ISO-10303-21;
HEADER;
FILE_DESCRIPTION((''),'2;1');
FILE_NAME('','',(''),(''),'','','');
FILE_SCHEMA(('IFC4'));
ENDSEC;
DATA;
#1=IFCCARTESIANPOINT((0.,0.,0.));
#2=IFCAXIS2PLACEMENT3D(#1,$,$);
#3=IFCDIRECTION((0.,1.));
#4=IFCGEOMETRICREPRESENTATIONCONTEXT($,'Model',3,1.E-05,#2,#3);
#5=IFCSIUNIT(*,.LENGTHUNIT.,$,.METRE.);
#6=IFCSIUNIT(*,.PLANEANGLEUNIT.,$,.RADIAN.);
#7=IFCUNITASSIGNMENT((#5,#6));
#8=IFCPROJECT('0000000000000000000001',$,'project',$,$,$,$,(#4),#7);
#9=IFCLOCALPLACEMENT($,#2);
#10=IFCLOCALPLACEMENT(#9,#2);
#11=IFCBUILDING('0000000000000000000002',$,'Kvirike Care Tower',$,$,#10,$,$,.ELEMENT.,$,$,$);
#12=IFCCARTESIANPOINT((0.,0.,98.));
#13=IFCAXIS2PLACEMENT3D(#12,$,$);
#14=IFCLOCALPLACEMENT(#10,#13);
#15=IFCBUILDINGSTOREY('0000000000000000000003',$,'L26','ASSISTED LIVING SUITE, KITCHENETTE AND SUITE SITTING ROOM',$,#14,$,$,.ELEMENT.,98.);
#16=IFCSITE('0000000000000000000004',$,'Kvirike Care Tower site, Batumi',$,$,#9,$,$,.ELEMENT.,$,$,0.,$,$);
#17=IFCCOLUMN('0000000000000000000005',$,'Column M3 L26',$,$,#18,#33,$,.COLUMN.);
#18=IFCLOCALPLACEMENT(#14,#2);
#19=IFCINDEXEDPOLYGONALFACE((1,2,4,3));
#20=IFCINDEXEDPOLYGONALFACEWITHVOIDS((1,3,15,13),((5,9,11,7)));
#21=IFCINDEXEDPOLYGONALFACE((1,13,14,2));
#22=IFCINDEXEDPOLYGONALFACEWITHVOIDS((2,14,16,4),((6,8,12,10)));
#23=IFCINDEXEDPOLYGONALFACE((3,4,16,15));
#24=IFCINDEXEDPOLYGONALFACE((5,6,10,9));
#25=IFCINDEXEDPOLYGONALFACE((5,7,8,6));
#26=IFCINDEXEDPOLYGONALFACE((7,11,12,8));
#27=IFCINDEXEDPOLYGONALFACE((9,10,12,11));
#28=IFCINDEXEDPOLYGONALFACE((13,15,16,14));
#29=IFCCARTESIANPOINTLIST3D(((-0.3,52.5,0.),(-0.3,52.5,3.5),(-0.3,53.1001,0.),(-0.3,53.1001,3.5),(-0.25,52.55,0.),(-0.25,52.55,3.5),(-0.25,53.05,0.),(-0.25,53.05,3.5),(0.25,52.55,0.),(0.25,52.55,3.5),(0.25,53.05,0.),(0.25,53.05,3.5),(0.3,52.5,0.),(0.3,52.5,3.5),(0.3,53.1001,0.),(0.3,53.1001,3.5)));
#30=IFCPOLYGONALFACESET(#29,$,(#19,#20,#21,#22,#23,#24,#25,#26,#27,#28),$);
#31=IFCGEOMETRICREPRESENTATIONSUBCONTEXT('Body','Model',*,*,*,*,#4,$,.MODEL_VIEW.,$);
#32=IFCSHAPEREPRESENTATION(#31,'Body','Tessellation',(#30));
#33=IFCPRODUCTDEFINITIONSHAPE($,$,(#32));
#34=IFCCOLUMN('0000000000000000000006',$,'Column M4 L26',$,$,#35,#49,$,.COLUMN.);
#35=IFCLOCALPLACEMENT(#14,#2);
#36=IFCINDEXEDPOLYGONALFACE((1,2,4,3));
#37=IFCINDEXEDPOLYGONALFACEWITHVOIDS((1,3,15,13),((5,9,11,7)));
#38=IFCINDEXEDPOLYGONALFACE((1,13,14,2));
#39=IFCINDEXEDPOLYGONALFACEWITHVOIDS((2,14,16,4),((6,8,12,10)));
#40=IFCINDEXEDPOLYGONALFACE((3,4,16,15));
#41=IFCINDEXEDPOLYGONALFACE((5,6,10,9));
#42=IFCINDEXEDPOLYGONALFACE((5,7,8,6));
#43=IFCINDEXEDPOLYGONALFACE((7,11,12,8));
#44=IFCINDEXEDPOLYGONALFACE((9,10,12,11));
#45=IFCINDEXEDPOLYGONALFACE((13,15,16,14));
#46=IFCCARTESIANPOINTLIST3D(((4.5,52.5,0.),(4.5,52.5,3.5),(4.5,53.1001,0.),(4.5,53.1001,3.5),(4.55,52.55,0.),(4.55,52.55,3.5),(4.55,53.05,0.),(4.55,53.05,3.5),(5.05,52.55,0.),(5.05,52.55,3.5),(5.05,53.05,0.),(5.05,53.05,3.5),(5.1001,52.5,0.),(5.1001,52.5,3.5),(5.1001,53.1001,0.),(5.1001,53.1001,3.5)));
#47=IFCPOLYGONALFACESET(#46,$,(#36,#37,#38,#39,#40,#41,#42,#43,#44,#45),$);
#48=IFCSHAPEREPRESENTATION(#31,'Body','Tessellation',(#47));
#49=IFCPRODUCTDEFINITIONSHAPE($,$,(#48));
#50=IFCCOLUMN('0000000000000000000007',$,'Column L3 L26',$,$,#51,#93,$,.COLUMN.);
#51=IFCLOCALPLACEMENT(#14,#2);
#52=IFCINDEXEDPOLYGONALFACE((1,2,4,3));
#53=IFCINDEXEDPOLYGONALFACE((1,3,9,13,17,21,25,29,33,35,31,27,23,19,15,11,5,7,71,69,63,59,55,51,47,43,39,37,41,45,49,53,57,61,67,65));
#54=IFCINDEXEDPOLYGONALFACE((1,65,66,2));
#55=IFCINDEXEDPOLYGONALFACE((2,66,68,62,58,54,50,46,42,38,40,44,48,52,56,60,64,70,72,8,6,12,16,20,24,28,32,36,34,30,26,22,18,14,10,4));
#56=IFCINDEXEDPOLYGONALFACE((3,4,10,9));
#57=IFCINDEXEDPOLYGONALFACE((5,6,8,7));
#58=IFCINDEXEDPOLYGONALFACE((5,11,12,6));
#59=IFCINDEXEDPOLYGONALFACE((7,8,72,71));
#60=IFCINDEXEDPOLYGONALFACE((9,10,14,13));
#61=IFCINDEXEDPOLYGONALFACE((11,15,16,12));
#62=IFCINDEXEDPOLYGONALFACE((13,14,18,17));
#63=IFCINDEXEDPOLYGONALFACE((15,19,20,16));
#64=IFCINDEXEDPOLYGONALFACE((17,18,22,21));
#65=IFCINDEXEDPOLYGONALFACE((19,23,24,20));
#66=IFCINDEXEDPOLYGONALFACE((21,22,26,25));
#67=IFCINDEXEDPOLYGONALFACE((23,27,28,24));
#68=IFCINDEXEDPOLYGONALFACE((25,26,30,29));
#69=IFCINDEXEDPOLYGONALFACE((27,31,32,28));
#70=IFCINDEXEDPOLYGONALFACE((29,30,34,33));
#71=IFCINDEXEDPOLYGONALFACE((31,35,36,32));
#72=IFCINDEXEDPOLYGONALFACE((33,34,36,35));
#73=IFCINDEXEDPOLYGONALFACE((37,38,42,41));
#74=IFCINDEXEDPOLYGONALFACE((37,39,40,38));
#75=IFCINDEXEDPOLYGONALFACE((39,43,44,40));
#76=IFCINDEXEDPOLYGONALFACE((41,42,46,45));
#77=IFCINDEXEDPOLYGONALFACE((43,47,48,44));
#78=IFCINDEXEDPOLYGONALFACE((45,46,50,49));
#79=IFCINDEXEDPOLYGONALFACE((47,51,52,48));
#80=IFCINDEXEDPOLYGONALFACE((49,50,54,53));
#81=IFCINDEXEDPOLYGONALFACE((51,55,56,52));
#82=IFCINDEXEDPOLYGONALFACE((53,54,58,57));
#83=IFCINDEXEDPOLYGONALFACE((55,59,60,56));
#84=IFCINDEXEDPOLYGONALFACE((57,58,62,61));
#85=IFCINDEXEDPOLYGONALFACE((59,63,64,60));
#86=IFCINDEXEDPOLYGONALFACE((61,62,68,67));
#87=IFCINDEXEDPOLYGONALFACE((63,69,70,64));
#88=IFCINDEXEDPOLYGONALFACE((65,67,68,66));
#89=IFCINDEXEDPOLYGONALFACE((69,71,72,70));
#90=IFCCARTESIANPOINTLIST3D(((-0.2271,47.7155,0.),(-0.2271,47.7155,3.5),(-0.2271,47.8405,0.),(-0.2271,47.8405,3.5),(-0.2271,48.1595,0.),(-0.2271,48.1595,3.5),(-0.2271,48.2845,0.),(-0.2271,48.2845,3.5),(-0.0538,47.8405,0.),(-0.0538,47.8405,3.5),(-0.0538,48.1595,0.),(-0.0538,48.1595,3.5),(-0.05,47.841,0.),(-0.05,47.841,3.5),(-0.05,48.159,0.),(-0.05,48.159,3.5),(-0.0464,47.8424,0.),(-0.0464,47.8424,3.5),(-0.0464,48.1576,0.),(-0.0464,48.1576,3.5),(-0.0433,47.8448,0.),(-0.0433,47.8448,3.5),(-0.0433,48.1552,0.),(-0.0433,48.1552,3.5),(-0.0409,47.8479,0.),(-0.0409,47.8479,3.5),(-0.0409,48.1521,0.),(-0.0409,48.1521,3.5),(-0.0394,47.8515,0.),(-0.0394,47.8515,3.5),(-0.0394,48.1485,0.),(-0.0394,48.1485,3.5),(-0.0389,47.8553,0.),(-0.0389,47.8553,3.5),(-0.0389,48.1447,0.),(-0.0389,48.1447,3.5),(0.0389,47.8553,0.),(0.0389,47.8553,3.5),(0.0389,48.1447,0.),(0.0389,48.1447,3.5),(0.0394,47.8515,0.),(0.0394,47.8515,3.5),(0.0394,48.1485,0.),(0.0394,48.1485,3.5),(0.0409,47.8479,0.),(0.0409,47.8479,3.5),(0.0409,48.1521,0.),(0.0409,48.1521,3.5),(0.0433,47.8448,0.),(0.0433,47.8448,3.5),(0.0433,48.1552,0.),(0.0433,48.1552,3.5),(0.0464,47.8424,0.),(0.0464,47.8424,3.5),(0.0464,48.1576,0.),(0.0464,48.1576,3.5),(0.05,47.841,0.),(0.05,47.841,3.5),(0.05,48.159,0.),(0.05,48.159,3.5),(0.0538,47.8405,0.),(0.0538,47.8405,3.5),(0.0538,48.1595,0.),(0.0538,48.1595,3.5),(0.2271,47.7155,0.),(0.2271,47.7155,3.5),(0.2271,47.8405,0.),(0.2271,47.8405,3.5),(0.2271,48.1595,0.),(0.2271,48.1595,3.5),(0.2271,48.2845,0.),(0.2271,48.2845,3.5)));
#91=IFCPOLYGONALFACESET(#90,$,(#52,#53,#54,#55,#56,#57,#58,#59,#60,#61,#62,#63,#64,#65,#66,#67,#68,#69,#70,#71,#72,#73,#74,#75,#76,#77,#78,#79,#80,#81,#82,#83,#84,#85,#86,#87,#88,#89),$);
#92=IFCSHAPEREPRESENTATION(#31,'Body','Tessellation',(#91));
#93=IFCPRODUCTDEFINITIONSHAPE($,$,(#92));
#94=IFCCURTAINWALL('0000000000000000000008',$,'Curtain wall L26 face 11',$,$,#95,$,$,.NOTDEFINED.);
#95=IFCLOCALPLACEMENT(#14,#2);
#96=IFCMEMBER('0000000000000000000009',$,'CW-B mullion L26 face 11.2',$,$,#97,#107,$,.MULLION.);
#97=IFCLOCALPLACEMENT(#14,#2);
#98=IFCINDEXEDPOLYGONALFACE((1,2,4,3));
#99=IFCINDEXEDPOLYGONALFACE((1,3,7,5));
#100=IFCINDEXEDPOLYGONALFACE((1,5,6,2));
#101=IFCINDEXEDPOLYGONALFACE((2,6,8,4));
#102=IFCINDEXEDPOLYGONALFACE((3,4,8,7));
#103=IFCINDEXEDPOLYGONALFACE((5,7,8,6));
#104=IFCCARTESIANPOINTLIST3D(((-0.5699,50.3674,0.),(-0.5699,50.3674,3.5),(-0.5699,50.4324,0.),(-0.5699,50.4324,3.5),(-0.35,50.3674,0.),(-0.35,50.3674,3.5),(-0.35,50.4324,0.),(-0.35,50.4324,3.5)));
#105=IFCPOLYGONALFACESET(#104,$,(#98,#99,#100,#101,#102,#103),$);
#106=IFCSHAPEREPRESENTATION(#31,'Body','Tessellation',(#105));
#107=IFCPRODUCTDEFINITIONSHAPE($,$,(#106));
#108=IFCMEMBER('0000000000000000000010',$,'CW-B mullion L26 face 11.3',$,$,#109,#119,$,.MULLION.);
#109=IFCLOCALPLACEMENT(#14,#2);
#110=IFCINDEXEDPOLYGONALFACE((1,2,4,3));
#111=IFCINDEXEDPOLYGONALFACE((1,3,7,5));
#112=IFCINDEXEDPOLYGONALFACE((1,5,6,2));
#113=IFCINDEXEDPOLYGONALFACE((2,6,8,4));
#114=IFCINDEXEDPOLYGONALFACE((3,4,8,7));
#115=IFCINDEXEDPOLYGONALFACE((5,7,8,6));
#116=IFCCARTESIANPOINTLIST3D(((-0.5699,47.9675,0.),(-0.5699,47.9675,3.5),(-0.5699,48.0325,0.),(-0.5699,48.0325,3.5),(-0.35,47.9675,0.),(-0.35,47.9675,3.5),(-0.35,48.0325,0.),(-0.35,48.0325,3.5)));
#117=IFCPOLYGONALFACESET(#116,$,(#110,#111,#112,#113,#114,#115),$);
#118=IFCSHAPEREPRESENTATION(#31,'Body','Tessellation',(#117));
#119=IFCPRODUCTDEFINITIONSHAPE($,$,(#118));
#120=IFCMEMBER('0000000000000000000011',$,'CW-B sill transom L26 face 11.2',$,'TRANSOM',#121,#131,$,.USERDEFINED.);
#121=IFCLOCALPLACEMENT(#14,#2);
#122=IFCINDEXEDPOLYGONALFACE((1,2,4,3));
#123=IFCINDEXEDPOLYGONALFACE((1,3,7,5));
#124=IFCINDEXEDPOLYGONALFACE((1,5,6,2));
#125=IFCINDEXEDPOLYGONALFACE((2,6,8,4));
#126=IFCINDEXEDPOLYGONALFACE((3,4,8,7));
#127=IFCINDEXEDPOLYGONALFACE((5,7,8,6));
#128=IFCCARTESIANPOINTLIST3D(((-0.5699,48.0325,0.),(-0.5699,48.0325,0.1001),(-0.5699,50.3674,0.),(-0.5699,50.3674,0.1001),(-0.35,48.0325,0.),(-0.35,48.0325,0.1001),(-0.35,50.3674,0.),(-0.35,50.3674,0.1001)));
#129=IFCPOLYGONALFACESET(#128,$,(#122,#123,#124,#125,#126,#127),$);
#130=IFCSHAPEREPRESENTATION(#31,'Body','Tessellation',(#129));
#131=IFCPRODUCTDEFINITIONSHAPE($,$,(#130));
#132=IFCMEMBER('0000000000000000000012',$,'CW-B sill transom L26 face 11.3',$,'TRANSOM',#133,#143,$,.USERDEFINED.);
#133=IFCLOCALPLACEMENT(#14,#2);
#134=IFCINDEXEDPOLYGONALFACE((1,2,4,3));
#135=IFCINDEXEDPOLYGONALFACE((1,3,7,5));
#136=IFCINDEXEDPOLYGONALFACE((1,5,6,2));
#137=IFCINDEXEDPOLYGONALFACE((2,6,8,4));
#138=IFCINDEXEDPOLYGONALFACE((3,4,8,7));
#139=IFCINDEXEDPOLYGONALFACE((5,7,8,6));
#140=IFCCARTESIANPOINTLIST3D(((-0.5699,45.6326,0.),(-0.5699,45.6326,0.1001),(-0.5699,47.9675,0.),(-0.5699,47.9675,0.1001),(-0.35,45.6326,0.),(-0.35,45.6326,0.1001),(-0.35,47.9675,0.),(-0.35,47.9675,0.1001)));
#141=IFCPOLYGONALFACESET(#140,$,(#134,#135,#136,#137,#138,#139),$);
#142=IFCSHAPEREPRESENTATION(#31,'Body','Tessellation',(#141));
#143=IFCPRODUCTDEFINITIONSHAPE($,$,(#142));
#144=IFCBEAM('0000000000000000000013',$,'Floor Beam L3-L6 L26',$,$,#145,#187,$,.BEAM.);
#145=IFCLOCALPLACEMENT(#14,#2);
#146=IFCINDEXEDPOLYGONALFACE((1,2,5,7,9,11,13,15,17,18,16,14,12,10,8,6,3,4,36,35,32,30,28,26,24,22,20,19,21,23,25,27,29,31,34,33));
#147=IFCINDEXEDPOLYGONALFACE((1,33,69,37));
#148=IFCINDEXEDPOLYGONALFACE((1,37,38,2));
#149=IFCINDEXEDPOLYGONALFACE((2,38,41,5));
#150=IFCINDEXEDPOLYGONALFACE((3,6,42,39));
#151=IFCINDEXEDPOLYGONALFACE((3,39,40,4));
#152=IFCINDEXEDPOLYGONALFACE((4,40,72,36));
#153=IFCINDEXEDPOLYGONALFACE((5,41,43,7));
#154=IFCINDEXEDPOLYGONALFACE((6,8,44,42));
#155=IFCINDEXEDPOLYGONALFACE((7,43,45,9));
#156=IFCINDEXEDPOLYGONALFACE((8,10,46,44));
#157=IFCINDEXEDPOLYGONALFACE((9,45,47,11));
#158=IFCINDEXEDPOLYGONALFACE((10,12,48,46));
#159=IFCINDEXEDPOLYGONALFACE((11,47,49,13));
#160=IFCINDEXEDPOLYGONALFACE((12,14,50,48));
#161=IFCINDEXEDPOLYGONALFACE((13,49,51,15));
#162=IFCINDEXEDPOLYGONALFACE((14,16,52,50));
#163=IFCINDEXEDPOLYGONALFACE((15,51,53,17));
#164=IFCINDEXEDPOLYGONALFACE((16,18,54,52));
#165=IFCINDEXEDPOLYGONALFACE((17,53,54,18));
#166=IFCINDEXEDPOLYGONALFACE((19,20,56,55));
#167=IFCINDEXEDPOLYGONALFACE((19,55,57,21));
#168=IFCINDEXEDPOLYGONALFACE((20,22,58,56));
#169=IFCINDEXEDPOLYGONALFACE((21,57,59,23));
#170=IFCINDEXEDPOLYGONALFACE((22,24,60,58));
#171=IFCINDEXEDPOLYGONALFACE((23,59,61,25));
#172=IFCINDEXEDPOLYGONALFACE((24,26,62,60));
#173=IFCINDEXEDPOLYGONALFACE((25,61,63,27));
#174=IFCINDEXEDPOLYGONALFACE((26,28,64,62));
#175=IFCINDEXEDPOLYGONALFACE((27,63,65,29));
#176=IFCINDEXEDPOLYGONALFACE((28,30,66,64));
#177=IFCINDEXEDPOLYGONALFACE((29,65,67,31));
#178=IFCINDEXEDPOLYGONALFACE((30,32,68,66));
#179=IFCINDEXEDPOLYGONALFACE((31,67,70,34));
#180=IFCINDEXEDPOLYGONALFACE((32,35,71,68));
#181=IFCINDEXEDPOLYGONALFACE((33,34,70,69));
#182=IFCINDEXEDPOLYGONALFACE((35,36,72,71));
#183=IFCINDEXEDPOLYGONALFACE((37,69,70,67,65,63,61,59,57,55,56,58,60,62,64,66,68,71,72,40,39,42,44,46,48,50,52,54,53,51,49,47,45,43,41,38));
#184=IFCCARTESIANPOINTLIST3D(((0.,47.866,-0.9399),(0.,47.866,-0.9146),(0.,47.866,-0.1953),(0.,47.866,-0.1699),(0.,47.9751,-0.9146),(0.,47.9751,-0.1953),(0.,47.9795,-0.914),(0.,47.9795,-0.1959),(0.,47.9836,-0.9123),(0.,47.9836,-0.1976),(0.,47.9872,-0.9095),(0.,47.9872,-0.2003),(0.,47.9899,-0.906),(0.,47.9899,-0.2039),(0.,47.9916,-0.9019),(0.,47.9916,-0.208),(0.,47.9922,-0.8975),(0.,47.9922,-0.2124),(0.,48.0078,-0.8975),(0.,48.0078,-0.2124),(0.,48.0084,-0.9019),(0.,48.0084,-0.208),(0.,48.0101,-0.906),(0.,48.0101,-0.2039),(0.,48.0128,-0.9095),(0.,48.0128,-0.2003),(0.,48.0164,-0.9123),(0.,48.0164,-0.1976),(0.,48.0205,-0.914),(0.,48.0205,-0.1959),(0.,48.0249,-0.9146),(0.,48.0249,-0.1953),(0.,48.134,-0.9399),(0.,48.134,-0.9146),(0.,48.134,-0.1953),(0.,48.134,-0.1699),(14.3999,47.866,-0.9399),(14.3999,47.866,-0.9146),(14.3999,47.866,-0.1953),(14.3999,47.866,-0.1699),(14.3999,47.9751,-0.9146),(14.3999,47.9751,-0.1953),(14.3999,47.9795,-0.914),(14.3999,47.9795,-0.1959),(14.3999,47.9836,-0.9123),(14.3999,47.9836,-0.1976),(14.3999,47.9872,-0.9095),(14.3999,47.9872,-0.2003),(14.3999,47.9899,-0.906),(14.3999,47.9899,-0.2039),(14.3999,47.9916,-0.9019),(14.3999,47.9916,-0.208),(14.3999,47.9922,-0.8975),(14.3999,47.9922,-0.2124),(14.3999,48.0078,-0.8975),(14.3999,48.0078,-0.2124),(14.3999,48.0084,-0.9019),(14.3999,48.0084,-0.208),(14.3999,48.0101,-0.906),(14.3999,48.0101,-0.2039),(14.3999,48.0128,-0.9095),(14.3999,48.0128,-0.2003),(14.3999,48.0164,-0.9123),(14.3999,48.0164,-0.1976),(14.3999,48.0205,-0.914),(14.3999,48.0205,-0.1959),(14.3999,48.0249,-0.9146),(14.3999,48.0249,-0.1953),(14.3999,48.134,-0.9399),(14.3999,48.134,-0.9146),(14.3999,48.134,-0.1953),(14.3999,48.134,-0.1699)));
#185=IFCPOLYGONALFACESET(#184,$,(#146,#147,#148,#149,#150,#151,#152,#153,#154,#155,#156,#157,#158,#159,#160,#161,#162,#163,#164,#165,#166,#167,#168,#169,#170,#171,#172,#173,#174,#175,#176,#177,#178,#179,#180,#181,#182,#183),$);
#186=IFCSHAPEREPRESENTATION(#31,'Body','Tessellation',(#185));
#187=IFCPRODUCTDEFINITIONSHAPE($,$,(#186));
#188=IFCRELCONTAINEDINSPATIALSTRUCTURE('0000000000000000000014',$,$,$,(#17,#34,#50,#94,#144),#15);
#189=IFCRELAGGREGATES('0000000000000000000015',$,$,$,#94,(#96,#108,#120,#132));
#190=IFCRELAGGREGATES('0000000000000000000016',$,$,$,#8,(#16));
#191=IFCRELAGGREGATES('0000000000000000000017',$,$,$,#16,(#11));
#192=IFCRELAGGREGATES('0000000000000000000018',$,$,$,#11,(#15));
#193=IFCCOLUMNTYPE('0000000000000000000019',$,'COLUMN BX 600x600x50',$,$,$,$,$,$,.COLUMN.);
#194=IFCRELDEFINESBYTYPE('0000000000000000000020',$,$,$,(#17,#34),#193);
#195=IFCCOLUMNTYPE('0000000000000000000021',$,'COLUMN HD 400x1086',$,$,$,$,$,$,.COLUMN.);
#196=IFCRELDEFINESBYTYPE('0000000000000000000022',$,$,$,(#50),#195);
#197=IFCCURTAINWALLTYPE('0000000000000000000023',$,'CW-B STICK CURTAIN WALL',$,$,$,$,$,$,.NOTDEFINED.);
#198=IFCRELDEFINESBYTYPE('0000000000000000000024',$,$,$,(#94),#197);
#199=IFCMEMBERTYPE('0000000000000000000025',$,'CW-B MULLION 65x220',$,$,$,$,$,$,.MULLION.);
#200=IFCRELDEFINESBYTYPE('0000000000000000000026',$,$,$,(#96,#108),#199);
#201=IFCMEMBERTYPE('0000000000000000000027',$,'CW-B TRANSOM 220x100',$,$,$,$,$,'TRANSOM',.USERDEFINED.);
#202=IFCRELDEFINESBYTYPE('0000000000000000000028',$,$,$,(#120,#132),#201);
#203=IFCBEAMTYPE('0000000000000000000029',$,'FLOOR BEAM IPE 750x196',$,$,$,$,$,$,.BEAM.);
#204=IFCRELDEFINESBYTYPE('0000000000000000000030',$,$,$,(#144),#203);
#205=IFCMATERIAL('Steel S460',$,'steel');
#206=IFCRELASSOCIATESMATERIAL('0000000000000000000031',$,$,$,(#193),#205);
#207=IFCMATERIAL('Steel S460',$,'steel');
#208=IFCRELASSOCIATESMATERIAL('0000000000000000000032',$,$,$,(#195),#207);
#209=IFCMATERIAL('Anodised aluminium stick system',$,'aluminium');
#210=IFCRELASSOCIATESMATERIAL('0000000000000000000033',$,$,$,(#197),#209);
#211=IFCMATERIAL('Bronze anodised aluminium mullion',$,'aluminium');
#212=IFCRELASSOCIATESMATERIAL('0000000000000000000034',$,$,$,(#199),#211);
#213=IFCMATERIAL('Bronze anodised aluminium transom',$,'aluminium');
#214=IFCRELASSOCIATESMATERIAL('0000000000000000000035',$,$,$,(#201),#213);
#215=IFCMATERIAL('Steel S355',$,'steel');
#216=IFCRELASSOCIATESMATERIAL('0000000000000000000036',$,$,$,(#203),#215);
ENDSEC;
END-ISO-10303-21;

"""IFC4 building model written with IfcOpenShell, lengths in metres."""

from ifc_helpers import new_model, si_unit, direction, frame, origin, origin_2d, place, context, subcontext, project, spatial, rectangle, hollow_rectangle, i_section, extrude, material, material_profile, profile_set, type_object, element, aggregate, save


model = new_model("IFC4")

# Units and contexts
model_context = context("Model", 3, precision=1e-05, world=origin(), true_north=direction((0.0, 1.0)))
body_context = subcontext(model_context, "Body", "Model", "MODEL_VIEW")
ifc_project = project(units=[si_unit("LENGTHUNIT", "METRE"), si_unit("PLANEANGLEUNIT", "RADIAN")], contexts=[model_context])

# Site, building, storey
site_placement = place(None, origin())
site = spatial("IfcSite", under=ifc_project, at=site_placement, Name="Kvirike Care Tower site, Batumi", CompositionType="ELEMENT", RefElevation=0.0)
building_placement = place(site_placement, origin())
building = spatial("IfcBuilding", under=site, at=building_placement, Name="Kvirike Care Tower", CompositionType="ELEMENT")
storey_placement = place(building_placement, frame((0.0, 0.0, 98.0)))
storey = spatial("IfcBuildingStorey", under=building, at=storey_placement, Name="L26", Description="ASSISTED LIVING SUITE, KITCHENETTE AND SUITE SITTING ROOM", CompositionType="ELEMENT", Elevation=98.0)

# Columns
ifc_material_1 = material(Name="Steel S460", Category="steel")
ifc_material_profile_1 = material_profile(ifc_material_1, hollow_rectangle(XDim=0.6001, YDim=0.6001, WallThickness=0.05, at=origin_2d()), Name="BX 600x600x50")
ifc_profile_set_1 = profile_set([ifc_material_profile_1], Name="Steel S460")
column_type_1 = type_object("IfcColumnType", Name="COLUMN BX 600x600x50", PredefinedType="COLUMN", material=ifc_profile_set_1)
for number, where, z_axis, x_axis, name in (
    (1, (0.0, 52.8, 0.0), (0.0, 0.0, 1.0), (0.0, 1.0, 0.0), "Column M3 L26"),
    (2, (4.8, 52.8, 0.0), (0.0, 0.0, 1.0), (0.0, 1.0, 0.0), "Column M4 L26"),
):
    element("IfcColumn", number, at=place(storey_placement, frame(where, z_axis=z_axis, x_axis=x_axis)), inside=storey, type_object=column_type_1, Name=name, PredefinedType="COLUMN", context=body_context, shape_type="SweptSolid", body=[
        extrude(hollow_rectangle(XDim=0.6001, YDim=0.6001, WallThickness=0.05, at=origin_2d()), origin(), (0.0, 0.0, 1.0), 3.5),
    ])
ifc_material_2 = material(Name="Steel S460", Category="steel")
ifc_material_profile_2 = material_profile(ifc_material_2, i_section(OverallWidth=0.4541, OverallDepth=0.5691, WebThickness=0.0779, FlangeThickness=0.125, FilletRadius=0.0149, at=origin_2d()), Name="HD 400x1086")
ifc_profile_set_2 = profile_set([ifc_material_profile_2], Name="Steel S460")
column_type_2 = type_object("IfcColumnType", Name="COLUMN HD 400x1086", PredefinedType="COLUMN", material=ifc_profile_set_2)
column_placement = place(storey_placement, frame((0.0, 48.0, 0.0), z_axis=(0.0, 0.0, 1.0), x_axis=(1.0, 0.0, 0.0)))
element("IfcColumn", 3, at=column_placement, inside=storey, type_object=column_type_2, Name="Column L3 L26", PredefinedType="COLUMN", context=body_context, shape_type="SweptSolid", body=[
    extrude(i_section(OverallWidth=0.4541, OverallDepth=0.5691, WebThickness=0.0779, FlangeThickness=0.125, FilletRadius=0.0149, at=origin_2d()), origin(), (0.0, 0.0, 1.0), 3.5),
])

# Curtain wall, members
ifc_material_3 = material(Name="Anodised aluminium stick system", Category="aluminium")
curtain_wall_type = type_object("IfcCurtainWallType", Name="CW-B STICK CURTAIN WALL", PredefinedType="NOTDEFINED", material=ifc_material_3)
curtain_wall_placement = place(storey_placement, origin())
curtain_wall = element("IfcCurtainWall", 4, at=curtain_wall_placement, inside=storey, type_object=curtain_wall_type, Name="Curtain wall L26 face 11", PredefinedType="NOTDEFINED")
ifc_material_4 = material(Name="Bronze anodised aluminium mullion", Category="aluminium")
ifc_material_profile_3 = material_profile(ifc_material_4, rectangle(XDim=0.0649, YDim=0.22, at=origin_2d()), Name="CW-B MULLION 65x220")
ifc_profile_set_3 = profile_set([ifc_material_profile_3], Name="Bronze anodised aluminium mullion")
member_type_1 = type_object("IfcMemberType", Name="CW-B MULLION 65x220", PredefinedType="MULLION", material=ifc_profile_set_3)
member_1_placement = place(storey_placement, frame((-0.46, 50.3999, 0.0), z_axis=(0.0, 0.0, 1.0), x_axis=(0.0, -1.0, 0.0)))
member_1 = element("IfcMember", 5, at=member_1_placement, type_object=member_type_1, Name="CW-B mullion L26 face 11.2", PredefinedType="MULLION", context=body_context, shape_type="SweptSolid", body=[
    extrude(rectangle(XDim=0.0649, YDim=0.22, at=origin_2d()), origin(), (0.0, 0.0, 1.0), 3.5),
])
member_2_placement = place(storey_placement, frame((-0.46, 48.0, 0.0), z_axis=(0.0, 0.0, 1.0), x_axis=(0.0, -1.0, 0.0)))
member_2 = element("IfcMember", 6, at=member_2_placement, type_object=member_type_1, Name="CW-B mullion L26 face 11.3", PredefinedType="MULLION", context=body_context, shape_type="SweptSolid", body=[
    extrude(rectangle(XDim=0.0649, YDim=0.22, at=origin_2d()), origin(), (0.0, 0.0, 1.0), 3.5),
])
ifc_material_5 = material(Name="Bronze anodised aluminium transom", Category="aluminium")
ifc_material_profile_4 = material_profile(ifc_material_5, rectangle(XDim=0.22, YDim=0.1001, at=origin_2d()), Name="CW-B TRANSOM 220x100")
ifc_profile_set_4 = profile_set([ifc_material_profile_4], Name="Bronze anodised aluminium transom")
member_type_2 = type_object("IfcMemberType", Name="CW-B TRANSOM 220x100", ElementType="TRANSOM", PredefinedType="USERDEFINED", material=ifc_profile_set_4)
member_3_placement = place(storey_placement, frame((-0.46, 50.3674, 0.05), z_axis=(0.0, -1.0, 0.0), x_axis=(1.0, 0.0, 0.0)))
member_3 = element("IfcMember", 7, at=member_3_placement, type_object=member_type_2, Name="CW-B sill transom L26 face 11.2", ObjectType="TRANSOM", PredefinedType="USERDEFINED", context=body_context, shape_type="SweptSolid", body=[
    extrude(rectangle(XDim=0.22, YDim=0.1001, at=origin_2d()), origin(), (0.0, 0.0, 1.0), 2.335),
])
member_4_placement = place(storey_placement, frame((-0.46, 47.9675, 0.05), z_axis=(0.0, -1.0, 0.0), x_axis=(1.0, 0.0, 0.0)))
member_4 = element("IfcMember", 8, at=member_4_placement, type_object=member_type_2, Name="CW-B sill transom L26 face 11.3", ObjectType="TRANSOM", PredefinedType="USERDEFINED", context=body_context, shape_type="SweptSolid", body=[
    extrude(rectangle(XDim=0.22, YDim=0.1001, at=origin_2d()), origin(), (0.0, 0.0, 1.0), 2.335),
])

# Beam
ifc_material_6 = material(Name="Steel S355", Category="steel")
ifc_material_profile_5 = material_profile(ifc_material_6, i_section(OverallWidth=0.2681, OverallDepth=0.77, WebThickness=0.0156, FlangeThickness=0.0254, FilletRadius=0.0171, at=origin_2d()), Name="IPE 750x196")
ifc_profile_set_5 = profile_set([ifc_material_profile_5], Name="Steel S355")
beam_type_1 = type_object("IfcBeamType", Name="FLOOR BEAM IPE 750x196", PredefinedType="BEAM", material=ifc_profile_set_5)
beam_placement = place(storey_placement, frame((0.0, 48.0, -0.5549), z_axis=(1.0, 0.0, 0.0), x_axis=(0.0, 1.0, 0.0)))
element("IfcBeam", 9, at=beam_placement, inside=storey, type_object=beam_type_1, Name="Floor Beam L3-L6 L26", PredefinedType="BEAM", context=body_context, shape_type="SweptSolid", body=[
    extrude(i_section(OverallWidth=0.2681, OverallDepth=0.77, WebThickness=0.0156, FlangeThickness=0.0254, FilletRadius=0.0171, at=origin_2d()), origin(), (0.0, 0.0, 1.0), 14.3999),
])

aggregate(curtain_wall, [member_1, member_2, member_3, member_4])

save(model, "model.ifc")
